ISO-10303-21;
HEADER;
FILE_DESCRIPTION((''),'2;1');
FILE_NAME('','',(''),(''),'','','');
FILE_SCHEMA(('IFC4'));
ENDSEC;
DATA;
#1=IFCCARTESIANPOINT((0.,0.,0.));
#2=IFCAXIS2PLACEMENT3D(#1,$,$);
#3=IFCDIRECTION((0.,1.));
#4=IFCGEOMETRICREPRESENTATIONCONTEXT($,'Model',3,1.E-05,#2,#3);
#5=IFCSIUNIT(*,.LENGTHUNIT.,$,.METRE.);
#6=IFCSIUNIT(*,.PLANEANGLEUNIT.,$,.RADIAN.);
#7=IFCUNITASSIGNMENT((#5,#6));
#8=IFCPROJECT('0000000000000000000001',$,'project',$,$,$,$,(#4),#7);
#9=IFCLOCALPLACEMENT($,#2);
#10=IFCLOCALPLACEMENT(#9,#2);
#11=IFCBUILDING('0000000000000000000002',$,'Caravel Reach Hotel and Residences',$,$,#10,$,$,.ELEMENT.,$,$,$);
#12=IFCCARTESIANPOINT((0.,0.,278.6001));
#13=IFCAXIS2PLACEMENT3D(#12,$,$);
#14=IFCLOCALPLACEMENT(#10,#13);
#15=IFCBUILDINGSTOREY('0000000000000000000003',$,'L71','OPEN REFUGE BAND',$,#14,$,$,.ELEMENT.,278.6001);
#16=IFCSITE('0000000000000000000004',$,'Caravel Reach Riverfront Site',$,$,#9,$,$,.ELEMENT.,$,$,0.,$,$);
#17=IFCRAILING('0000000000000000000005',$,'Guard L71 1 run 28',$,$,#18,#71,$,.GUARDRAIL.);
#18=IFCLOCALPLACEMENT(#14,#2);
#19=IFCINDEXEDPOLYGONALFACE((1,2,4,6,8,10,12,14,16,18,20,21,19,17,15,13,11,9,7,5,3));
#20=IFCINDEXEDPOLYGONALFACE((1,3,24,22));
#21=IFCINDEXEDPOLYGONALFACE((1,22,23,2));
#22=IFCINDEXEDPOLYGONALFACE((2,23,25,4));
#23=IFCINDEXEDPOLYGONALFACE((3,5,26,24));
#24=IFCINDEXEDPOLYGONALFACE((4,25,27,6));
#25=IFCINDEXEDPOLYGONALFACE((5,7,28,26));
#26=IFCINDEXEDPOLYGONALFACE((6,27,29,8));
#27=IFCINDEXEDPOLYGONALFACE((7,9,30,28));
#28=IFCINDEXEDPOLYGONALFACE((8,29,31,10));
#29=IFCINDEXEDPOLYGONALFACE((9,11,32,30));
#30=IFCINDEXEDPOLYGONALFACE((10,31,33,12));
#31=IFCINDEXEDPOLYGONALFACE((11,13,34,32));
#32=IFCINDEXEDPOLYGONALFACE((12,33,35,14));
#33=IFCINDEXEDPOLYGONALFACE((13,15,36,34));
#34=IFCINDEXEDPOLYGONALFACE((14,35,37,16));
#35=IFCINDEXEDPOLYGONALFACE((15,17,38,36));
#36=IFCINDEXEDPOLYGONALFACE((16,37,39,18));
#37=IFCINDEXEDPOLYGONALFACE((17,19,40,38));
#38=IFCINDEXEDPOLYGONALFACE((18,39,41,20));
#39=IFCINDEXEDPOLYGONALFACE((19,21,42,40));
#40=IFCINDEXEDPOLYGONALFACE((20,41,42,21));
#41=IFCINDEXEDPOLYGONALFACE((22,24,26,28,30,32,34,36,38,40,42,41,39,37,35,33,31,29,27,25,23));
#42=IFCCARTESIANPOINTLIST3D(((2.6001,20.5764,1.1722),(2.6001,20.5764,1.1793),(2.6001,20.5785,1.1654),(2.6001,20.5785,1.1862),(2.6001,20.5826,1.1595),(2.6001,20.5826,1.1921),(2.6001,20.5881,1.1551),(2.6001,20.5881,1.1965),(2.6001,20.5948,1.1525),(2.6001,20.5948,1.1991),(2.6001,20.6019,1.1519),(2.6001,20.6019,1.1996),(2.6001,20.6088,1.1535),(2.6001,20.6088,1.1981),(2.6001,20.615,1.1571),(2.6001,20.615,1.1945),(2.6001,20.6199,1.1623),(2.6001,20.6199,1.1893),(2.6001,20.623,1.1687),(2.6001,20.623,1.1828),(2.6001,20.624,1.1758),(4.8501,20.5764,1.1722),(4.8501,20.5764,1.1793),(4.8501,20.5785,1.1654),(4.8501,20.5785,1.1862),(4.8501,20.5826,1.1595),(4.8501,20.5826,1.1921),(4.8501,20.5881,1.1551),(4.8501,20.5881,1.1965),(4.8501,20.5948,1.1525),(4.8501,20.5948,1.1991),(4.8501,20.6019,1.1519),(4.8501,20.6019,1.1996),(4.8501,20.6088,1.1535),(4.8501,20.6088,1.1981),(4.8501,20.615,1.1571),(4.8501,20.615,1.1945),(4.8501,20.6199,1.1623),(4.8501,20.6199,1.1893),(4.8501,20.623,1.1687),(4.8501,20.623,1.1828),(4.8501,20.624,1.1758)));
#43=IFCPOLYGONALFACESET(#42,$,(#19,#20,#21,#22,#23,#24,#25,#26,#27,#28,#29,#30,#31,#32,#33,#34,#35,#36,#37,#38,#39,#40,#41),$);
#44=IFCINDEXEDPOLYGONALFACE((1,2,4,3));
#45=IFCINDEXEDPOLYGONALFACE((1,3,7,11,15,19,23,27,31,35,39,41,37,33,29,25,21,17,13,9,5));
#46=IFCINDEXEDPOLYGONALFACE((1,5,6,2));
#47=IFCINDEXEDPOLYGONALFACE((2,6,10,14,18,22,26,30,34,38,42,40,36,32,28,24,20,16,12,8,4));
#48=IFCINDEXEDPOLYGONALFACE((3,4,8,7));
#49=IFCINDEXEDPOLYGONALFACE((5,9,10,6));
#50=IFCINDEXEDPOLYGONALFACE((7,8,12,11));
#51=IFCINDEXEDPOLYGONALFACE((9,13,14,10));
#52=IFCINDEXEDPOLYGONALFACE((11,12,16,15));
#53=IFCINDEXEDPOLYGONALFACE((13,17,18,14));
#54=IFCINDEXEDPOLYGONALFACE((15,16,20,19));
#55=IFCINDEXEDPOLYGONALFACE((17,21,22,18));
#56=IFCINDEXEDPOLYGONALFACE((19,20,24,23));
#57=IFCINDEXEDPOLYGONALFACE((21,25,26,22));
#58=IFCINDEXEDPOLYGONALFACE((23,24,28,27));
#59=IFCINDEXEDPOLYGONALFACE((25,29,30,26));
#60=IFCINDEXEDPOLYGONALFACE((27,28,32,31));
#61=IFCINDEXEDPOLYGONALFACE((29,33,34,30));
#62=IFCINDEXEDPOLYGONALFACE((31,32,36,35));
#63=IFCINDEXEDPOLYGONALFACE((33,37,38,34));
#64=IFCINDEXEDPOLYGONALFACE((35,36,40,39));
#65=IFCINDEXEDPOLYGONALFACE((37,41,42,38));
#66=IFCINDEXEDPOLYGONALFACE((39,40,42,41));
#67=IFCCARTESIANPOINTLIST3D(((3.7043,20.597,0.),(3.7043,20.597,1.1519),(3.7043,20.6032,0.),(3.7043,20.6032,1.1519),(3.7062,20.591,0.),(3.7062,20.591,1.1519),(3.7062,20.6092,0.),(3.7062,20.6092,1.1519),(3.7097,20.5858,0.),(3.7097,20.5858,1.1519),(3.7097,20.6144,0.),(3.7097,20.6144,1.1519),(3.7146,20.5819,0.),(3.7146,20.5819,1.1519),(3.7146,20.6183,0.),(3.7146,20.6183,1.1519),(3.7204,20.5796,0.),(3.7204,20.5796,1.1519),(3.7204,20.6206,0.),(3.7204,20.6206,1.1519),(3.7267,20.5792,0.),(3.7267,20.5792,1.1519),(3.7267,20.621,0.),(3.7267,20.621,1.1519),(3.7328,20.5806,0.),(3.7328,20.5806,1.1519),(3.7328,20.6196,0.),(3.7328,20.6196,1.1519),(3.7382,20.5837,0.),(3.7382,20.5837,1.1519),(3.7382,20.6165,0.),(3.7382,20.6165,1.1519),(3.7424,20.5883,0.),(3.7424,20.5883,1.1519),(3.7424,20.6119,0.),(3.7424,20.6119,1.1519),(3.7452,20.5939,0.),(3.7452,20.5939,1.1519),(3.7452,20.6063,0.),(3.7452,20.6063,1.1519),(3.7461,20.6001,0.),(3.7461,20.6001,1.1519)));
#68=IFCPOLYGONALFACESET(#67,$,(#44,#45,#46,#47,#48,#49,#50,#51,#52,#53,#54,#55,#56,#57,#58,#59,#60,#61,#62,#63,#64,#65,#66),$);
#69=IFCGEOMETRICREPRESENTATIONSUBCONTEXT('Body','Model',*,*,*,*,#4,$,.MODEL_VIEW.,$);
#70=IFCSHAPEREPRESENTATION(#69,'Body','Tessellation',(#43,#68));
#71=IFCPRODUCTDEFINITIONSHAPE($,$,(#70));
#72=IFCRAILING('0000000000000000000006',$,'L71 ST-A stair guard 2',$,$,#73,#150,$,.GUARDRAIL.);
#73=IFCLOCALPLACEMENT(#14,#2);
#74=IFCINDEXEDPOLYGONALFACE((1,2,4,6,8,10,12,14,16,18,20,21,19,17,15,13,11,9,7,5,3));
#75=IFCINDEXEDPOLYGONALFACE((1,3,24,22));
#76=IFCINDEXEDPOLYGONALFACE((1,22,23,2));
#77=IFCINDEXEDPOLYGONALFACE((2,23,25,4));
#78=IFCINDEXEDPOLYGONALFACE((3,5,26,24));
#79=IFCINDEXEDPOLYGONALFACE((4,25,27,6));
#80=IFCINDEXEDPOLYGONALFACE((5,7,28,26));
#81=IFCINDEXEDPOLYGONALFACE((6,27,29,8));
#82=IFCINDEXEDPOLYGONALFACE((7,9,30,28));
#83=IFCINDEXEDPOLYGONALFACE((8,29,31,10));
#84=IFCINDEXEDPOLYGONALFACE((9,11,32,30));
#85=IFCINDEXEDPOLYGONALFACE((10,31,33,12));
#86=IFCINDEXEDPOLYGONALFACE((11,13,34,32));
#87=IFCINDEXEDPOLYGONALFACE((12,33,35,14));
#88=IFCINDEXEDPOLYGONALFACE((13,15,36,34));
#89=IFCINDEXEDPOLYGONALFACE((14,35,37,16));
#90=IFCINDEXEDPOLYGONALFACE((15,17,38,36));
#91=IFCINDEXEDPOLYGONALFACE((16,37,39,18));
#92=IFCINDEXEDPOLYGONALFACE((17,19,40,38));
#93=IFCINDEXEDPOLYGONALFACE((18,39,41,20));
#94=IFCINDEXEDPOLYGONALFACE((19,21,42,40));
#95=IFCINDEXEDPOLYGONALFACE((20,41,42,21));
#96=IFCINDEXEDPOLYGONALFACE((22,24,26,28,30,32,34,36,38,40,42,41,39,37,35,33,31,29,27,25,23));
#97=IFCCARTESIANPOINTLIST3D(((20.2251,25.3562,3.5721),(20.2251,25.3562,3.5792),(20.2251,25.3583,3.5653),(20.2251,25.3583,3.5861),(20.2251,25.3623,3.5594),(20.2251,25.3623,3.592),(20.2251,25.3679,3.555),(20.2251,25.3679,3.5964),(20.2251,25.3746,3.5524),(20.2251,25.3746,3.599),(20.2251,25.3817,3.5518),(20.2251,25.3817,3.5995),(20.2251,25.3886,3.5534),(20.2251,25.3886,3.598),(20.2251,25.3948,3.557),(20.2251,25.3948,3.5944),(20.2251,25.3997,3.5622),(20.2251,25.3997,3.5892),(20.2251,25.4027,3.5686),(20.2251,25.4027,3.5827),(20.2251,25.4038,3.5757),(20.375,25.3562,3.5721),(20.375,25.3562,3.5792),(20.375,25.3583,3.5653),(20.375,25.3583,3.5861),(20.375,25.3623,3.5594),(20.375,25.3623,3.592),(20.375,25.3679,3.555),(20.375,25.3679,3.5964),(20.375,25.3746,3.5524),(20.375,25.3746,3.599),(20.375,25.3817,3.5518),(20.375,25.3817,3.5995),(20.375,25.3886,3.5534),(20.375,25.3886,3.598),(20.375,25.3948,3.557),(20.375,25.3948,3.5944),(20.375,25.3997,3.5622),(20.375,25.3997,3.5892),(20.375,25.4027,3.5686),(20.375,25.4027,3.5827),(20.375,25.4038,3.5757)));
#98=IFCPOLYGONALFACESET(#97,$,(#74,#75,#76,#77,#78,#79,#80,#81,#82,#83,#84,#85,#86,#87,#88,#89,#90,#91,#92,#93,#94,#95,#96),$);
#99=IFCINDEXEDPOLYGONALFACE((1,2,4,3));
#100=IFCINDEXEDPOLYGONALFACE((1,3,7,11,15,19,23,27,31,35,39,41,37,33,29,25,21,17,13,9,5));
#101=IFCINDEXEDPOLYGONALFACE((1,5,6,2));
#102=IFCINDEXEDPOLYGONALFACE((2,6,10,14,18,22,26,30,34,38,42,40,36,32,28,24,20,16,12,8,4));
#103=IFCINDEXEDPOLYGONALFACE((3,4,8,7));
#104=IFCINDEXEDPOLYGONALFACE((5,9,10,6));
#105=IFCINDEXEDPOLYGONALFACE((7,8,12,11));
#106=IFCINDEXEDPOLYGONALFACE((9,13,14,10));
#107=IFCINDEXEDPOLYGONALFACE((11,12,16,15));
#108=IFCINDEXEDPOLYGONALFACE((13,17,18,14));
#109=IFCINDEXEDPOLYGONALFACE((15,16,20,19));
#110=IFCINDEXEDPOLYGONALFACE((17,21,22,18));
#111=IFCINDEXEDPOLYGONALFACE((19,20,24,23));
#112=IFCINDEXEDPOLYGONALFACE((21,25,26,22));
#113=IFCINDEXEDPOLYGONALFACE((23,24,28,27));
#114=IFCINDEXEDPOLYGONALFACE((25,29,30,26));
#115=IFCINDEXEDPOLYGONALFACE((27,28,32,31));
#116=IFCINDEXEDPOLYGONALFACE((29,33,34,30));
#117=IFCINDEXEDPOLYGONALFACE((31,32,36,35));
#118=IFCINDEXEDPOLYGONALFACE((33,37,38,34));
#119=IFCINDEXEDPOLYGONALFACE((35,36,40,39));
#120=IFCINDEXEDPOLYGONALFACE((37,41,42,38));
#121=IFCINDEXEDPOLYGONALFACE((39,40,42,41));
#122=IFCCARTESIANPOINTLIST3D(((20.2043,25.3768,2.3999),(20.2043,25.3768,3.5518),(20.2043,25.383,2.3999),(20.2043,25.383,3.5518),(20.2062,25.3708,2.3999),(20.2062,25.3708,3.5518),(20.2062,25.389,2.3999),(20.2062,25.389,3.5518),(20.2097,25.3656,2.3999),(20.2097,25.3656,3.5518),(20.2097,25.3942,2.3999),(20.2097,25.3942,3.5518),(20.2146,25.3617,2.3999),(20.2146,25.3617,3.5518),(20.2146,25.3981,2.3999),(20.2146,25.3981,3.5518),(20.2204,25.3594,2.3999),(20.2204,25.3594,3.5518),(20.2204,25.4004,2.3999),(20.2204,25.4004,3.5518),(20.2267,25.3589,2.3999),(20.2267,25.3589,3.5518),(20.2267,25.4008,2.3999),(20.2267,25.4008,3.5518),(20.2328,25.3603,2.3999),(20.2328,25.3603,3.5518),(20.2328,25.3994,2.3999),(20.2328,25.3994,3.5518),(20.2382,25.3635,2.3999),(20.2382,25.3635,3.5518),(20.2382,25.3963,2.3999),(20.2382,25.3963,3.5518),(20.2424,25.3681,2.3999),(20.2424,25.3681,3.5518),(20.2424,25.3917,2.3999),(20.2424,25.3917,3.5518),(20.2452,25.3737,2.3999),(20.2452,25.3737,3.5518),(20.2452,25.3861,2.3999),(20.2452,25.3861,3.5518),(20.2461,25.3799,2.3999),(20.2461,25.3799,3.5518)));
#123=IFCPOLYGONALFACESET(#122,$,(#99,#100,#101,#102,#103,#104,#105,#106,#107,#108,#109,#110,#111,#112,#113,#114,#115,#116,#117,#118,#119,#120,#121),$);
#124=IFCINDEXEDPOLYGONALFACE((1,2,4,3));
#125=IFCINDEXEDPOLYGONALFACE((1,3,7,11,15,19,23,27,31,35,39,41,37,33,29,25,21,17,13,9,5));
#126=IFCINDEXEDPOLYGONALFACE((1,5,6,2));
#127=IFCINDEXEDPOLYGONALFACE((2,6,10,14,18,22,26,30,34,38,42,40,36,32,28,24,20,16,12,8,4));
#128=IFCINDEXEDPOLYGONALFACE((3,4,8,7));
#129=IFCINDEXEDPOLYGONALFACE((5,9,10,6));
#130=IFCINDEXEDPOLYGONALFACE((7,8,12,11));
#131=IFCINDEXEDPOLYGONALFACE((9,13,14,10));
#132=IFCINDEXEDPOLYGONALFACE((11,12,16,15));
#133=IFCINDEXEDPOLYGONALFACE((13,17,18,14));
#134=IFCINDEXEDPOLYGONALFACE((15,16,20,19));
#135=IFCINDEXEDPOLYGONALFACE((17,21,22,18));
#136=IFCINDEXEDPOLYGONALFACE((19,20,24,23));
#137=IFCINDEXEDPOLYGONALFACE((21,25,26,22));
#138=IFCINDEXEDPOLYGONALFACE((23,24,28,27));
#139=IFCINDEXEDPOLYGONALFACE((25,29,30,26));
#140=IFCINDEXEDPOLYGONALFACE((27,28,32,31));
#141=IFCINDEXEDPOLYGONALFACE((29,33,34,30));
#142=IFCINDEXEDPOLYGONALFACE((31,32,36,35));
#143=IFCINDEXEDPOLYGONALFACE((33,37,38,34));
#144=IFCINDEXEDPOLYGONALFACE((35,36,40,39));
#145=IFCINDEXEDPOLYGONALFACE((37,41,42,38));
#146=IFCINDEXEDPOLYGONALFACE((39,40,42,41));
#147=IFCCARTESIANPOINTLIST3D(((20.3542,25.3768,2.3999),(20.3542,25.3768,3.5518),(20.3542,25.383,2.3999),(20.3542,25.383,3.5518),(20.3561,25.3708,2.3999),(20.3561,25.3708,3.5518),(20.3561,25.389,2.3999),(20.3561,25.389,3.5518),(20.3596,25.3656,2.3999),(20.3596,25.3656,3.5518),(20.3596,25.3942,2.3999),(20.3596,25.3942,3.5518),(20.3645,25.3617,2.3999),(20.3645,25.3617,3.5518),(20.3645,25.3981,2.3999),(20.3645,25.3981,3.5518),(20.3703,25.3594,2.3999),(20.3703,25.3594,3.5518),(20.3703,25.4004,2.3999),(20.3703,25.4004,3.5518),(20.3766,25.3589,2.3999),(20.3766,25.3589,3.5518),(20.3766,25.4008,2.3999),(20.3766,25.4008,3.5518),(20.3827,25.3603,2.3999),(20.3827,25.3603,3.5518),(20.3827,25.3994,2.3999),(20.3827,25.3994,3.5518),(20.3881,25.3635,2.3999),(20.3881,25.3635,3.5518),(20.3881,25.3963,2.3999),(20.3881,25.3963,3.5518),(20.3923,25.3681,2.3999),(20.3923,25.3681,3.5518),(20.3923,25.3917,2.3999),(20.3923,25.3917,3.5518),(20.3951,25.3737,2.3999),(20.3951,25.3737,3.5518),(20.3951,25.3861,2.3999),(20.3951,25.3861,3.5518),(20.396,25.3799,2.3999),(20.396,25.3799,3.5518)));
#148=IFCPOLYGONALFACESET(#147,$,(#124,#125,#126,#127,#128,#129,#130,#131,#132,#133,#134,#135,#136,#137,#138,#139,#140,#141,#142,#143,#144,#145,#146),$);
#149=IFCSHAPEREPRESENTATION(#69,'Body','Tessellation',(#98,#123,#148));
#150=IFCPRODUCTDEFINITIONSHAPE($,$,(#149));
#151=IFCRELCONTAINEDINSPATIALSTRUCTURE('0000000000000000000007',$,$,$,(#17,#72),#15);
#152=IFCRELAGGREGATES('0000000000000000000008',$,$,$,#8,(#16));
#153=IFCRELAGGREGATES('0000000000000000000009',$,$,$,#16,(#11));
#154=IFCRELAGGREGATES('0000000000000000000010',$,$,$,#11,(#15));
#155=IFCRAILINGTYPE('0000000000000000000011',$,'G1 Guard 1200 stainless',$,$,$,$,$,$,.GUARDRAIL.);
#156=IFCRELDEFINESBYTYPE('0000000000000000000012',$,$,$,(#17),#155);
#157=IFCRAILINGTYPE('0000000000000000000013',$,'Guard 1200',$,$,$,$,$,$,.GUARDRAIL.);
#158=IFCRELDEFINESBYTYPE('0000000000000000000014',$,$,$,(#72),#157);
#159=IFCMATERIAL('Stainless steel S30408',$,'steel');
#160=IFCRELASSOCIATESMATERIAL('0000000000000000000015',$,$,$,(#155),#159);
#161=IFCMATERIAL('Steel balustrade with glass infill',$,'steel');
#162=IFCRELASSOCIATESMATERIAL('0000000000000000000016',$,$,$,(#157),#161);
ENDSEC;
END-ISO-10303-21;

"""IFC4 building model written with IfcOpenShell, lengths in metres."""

from ifc_helpers import new_model, si_unit, direction, frame, origin, origin_2d, place, context, subcontext, project, spatial, circle, extrude, material, type_object, element, save


model = new_model("IFC4")

# Units and contexts
model_context = context("Model", 3, precision=1e-05, world=origin(), true_north=direction((0.0, 1.0)))
body_context = subcontext(model_context, "Body", "Model", "MODEL_VIEW")
ifc_project = project(units=[si_unit("LENGTHUNIT", "METRE"), si_unit("PLANEANGLEUNIT", "RADIAN")], contexts=[model_context])

# Site, building, storey
site_placement = place(None, origin())
site = spatial("IfcSite", under=ifc_project, at=site_placement, Name="Caravel Reach Riverfront Site", CompositionType="ELEMENT", RefElevation=0.0)
building_placement = place(site_placement, origin())
building = spatial("IfcBuilding", under=site, at=building_placement, Name="Caravel Reach Hotel and Residences", CompositionType="ELEMENT")
storey_placement = place(building_placement, frame((0.0, 0.0, 278.6001)))
storey = spatial("IfcBuildingStorey", under=building, at=storey_placement, Name="L71", Description="OPEN REFUGE BAND", CompositionType="ELEMENT", Elevation=278.6001)

# Railings
ifc_material_1 = material(Name="Stainless steel S30408", Category="steel")
railing_type_1 = type_object("IfcRailingType", Name="G1 Guard 1200 stainless", PredefinedType="GUARDRAIL", material=ifc_material_1)
railing_1_placement = place(storey_placement, frame((2.6001, 20.6001, 0.0)))
element("IfcRailing", 1, at=railing_1_placement, inside=storey, type_object=railing_type_1, Name="Guard L71 1 run 28", PredefinedType="GUARDRAIL", context=body_context, shape_type="SweptSolid", body=[
    extrude(circle(Radius=0.0239, at=origin_2d()), frame((0.0, 0.0, 1.1758), z_axis=(1.0, 0.0, 0.0), x_axis=(0.0, 1.0, 0.0)), (0.0, 0.0, 1.0), 2.25),
    extrude(circle(Radius=0.021, at=origin_2d()), frame((1.125, 0.0, 0.0)), (0.0, 0.0, 1.0), 1.1519),
])
ifc_material_2 = material(Name="Steel balustrade with glass infill", Category="steel")
railing_type_2 = type_object("IfcRailingType", Name="Guard 1200", PredefinedType="GUARDRAIL", material=ifc_material_2)
railing_2_placement = place(storey_placement, frame((20.2251, 25.3799, 2.3999)))
element("IfcRailing", 2, at=railing_2_placement, inside=storey, type_object=railing_type_2, Name="L71 ST-A stair guard 2", PredefinedType="GUARDRAIL", context=body_context, shape_type="SweptSolid", body=[
    extrude(circle(Radius=0.0239, at=origin_2d()), frame((0.0, 0.0, 1.1758), z_axis=(1.0, 0.0, 0.0), x_axis=(0.0, 1.0, 0.0)), (0.0, 0.0, 1.0), 0.1499),
    extrude(circle(Radius=0.021, at=origin_2d()), origin(), (0.0, 0.0, 1.0), 1.1519),
    extrude(circle(Radius=0.021, at=origin_2d()), frame((0.1499, 0.0, 0.0)), (0.0, 0.0, 1.0), 1.1519),
])

save(model, "model.ifc")
